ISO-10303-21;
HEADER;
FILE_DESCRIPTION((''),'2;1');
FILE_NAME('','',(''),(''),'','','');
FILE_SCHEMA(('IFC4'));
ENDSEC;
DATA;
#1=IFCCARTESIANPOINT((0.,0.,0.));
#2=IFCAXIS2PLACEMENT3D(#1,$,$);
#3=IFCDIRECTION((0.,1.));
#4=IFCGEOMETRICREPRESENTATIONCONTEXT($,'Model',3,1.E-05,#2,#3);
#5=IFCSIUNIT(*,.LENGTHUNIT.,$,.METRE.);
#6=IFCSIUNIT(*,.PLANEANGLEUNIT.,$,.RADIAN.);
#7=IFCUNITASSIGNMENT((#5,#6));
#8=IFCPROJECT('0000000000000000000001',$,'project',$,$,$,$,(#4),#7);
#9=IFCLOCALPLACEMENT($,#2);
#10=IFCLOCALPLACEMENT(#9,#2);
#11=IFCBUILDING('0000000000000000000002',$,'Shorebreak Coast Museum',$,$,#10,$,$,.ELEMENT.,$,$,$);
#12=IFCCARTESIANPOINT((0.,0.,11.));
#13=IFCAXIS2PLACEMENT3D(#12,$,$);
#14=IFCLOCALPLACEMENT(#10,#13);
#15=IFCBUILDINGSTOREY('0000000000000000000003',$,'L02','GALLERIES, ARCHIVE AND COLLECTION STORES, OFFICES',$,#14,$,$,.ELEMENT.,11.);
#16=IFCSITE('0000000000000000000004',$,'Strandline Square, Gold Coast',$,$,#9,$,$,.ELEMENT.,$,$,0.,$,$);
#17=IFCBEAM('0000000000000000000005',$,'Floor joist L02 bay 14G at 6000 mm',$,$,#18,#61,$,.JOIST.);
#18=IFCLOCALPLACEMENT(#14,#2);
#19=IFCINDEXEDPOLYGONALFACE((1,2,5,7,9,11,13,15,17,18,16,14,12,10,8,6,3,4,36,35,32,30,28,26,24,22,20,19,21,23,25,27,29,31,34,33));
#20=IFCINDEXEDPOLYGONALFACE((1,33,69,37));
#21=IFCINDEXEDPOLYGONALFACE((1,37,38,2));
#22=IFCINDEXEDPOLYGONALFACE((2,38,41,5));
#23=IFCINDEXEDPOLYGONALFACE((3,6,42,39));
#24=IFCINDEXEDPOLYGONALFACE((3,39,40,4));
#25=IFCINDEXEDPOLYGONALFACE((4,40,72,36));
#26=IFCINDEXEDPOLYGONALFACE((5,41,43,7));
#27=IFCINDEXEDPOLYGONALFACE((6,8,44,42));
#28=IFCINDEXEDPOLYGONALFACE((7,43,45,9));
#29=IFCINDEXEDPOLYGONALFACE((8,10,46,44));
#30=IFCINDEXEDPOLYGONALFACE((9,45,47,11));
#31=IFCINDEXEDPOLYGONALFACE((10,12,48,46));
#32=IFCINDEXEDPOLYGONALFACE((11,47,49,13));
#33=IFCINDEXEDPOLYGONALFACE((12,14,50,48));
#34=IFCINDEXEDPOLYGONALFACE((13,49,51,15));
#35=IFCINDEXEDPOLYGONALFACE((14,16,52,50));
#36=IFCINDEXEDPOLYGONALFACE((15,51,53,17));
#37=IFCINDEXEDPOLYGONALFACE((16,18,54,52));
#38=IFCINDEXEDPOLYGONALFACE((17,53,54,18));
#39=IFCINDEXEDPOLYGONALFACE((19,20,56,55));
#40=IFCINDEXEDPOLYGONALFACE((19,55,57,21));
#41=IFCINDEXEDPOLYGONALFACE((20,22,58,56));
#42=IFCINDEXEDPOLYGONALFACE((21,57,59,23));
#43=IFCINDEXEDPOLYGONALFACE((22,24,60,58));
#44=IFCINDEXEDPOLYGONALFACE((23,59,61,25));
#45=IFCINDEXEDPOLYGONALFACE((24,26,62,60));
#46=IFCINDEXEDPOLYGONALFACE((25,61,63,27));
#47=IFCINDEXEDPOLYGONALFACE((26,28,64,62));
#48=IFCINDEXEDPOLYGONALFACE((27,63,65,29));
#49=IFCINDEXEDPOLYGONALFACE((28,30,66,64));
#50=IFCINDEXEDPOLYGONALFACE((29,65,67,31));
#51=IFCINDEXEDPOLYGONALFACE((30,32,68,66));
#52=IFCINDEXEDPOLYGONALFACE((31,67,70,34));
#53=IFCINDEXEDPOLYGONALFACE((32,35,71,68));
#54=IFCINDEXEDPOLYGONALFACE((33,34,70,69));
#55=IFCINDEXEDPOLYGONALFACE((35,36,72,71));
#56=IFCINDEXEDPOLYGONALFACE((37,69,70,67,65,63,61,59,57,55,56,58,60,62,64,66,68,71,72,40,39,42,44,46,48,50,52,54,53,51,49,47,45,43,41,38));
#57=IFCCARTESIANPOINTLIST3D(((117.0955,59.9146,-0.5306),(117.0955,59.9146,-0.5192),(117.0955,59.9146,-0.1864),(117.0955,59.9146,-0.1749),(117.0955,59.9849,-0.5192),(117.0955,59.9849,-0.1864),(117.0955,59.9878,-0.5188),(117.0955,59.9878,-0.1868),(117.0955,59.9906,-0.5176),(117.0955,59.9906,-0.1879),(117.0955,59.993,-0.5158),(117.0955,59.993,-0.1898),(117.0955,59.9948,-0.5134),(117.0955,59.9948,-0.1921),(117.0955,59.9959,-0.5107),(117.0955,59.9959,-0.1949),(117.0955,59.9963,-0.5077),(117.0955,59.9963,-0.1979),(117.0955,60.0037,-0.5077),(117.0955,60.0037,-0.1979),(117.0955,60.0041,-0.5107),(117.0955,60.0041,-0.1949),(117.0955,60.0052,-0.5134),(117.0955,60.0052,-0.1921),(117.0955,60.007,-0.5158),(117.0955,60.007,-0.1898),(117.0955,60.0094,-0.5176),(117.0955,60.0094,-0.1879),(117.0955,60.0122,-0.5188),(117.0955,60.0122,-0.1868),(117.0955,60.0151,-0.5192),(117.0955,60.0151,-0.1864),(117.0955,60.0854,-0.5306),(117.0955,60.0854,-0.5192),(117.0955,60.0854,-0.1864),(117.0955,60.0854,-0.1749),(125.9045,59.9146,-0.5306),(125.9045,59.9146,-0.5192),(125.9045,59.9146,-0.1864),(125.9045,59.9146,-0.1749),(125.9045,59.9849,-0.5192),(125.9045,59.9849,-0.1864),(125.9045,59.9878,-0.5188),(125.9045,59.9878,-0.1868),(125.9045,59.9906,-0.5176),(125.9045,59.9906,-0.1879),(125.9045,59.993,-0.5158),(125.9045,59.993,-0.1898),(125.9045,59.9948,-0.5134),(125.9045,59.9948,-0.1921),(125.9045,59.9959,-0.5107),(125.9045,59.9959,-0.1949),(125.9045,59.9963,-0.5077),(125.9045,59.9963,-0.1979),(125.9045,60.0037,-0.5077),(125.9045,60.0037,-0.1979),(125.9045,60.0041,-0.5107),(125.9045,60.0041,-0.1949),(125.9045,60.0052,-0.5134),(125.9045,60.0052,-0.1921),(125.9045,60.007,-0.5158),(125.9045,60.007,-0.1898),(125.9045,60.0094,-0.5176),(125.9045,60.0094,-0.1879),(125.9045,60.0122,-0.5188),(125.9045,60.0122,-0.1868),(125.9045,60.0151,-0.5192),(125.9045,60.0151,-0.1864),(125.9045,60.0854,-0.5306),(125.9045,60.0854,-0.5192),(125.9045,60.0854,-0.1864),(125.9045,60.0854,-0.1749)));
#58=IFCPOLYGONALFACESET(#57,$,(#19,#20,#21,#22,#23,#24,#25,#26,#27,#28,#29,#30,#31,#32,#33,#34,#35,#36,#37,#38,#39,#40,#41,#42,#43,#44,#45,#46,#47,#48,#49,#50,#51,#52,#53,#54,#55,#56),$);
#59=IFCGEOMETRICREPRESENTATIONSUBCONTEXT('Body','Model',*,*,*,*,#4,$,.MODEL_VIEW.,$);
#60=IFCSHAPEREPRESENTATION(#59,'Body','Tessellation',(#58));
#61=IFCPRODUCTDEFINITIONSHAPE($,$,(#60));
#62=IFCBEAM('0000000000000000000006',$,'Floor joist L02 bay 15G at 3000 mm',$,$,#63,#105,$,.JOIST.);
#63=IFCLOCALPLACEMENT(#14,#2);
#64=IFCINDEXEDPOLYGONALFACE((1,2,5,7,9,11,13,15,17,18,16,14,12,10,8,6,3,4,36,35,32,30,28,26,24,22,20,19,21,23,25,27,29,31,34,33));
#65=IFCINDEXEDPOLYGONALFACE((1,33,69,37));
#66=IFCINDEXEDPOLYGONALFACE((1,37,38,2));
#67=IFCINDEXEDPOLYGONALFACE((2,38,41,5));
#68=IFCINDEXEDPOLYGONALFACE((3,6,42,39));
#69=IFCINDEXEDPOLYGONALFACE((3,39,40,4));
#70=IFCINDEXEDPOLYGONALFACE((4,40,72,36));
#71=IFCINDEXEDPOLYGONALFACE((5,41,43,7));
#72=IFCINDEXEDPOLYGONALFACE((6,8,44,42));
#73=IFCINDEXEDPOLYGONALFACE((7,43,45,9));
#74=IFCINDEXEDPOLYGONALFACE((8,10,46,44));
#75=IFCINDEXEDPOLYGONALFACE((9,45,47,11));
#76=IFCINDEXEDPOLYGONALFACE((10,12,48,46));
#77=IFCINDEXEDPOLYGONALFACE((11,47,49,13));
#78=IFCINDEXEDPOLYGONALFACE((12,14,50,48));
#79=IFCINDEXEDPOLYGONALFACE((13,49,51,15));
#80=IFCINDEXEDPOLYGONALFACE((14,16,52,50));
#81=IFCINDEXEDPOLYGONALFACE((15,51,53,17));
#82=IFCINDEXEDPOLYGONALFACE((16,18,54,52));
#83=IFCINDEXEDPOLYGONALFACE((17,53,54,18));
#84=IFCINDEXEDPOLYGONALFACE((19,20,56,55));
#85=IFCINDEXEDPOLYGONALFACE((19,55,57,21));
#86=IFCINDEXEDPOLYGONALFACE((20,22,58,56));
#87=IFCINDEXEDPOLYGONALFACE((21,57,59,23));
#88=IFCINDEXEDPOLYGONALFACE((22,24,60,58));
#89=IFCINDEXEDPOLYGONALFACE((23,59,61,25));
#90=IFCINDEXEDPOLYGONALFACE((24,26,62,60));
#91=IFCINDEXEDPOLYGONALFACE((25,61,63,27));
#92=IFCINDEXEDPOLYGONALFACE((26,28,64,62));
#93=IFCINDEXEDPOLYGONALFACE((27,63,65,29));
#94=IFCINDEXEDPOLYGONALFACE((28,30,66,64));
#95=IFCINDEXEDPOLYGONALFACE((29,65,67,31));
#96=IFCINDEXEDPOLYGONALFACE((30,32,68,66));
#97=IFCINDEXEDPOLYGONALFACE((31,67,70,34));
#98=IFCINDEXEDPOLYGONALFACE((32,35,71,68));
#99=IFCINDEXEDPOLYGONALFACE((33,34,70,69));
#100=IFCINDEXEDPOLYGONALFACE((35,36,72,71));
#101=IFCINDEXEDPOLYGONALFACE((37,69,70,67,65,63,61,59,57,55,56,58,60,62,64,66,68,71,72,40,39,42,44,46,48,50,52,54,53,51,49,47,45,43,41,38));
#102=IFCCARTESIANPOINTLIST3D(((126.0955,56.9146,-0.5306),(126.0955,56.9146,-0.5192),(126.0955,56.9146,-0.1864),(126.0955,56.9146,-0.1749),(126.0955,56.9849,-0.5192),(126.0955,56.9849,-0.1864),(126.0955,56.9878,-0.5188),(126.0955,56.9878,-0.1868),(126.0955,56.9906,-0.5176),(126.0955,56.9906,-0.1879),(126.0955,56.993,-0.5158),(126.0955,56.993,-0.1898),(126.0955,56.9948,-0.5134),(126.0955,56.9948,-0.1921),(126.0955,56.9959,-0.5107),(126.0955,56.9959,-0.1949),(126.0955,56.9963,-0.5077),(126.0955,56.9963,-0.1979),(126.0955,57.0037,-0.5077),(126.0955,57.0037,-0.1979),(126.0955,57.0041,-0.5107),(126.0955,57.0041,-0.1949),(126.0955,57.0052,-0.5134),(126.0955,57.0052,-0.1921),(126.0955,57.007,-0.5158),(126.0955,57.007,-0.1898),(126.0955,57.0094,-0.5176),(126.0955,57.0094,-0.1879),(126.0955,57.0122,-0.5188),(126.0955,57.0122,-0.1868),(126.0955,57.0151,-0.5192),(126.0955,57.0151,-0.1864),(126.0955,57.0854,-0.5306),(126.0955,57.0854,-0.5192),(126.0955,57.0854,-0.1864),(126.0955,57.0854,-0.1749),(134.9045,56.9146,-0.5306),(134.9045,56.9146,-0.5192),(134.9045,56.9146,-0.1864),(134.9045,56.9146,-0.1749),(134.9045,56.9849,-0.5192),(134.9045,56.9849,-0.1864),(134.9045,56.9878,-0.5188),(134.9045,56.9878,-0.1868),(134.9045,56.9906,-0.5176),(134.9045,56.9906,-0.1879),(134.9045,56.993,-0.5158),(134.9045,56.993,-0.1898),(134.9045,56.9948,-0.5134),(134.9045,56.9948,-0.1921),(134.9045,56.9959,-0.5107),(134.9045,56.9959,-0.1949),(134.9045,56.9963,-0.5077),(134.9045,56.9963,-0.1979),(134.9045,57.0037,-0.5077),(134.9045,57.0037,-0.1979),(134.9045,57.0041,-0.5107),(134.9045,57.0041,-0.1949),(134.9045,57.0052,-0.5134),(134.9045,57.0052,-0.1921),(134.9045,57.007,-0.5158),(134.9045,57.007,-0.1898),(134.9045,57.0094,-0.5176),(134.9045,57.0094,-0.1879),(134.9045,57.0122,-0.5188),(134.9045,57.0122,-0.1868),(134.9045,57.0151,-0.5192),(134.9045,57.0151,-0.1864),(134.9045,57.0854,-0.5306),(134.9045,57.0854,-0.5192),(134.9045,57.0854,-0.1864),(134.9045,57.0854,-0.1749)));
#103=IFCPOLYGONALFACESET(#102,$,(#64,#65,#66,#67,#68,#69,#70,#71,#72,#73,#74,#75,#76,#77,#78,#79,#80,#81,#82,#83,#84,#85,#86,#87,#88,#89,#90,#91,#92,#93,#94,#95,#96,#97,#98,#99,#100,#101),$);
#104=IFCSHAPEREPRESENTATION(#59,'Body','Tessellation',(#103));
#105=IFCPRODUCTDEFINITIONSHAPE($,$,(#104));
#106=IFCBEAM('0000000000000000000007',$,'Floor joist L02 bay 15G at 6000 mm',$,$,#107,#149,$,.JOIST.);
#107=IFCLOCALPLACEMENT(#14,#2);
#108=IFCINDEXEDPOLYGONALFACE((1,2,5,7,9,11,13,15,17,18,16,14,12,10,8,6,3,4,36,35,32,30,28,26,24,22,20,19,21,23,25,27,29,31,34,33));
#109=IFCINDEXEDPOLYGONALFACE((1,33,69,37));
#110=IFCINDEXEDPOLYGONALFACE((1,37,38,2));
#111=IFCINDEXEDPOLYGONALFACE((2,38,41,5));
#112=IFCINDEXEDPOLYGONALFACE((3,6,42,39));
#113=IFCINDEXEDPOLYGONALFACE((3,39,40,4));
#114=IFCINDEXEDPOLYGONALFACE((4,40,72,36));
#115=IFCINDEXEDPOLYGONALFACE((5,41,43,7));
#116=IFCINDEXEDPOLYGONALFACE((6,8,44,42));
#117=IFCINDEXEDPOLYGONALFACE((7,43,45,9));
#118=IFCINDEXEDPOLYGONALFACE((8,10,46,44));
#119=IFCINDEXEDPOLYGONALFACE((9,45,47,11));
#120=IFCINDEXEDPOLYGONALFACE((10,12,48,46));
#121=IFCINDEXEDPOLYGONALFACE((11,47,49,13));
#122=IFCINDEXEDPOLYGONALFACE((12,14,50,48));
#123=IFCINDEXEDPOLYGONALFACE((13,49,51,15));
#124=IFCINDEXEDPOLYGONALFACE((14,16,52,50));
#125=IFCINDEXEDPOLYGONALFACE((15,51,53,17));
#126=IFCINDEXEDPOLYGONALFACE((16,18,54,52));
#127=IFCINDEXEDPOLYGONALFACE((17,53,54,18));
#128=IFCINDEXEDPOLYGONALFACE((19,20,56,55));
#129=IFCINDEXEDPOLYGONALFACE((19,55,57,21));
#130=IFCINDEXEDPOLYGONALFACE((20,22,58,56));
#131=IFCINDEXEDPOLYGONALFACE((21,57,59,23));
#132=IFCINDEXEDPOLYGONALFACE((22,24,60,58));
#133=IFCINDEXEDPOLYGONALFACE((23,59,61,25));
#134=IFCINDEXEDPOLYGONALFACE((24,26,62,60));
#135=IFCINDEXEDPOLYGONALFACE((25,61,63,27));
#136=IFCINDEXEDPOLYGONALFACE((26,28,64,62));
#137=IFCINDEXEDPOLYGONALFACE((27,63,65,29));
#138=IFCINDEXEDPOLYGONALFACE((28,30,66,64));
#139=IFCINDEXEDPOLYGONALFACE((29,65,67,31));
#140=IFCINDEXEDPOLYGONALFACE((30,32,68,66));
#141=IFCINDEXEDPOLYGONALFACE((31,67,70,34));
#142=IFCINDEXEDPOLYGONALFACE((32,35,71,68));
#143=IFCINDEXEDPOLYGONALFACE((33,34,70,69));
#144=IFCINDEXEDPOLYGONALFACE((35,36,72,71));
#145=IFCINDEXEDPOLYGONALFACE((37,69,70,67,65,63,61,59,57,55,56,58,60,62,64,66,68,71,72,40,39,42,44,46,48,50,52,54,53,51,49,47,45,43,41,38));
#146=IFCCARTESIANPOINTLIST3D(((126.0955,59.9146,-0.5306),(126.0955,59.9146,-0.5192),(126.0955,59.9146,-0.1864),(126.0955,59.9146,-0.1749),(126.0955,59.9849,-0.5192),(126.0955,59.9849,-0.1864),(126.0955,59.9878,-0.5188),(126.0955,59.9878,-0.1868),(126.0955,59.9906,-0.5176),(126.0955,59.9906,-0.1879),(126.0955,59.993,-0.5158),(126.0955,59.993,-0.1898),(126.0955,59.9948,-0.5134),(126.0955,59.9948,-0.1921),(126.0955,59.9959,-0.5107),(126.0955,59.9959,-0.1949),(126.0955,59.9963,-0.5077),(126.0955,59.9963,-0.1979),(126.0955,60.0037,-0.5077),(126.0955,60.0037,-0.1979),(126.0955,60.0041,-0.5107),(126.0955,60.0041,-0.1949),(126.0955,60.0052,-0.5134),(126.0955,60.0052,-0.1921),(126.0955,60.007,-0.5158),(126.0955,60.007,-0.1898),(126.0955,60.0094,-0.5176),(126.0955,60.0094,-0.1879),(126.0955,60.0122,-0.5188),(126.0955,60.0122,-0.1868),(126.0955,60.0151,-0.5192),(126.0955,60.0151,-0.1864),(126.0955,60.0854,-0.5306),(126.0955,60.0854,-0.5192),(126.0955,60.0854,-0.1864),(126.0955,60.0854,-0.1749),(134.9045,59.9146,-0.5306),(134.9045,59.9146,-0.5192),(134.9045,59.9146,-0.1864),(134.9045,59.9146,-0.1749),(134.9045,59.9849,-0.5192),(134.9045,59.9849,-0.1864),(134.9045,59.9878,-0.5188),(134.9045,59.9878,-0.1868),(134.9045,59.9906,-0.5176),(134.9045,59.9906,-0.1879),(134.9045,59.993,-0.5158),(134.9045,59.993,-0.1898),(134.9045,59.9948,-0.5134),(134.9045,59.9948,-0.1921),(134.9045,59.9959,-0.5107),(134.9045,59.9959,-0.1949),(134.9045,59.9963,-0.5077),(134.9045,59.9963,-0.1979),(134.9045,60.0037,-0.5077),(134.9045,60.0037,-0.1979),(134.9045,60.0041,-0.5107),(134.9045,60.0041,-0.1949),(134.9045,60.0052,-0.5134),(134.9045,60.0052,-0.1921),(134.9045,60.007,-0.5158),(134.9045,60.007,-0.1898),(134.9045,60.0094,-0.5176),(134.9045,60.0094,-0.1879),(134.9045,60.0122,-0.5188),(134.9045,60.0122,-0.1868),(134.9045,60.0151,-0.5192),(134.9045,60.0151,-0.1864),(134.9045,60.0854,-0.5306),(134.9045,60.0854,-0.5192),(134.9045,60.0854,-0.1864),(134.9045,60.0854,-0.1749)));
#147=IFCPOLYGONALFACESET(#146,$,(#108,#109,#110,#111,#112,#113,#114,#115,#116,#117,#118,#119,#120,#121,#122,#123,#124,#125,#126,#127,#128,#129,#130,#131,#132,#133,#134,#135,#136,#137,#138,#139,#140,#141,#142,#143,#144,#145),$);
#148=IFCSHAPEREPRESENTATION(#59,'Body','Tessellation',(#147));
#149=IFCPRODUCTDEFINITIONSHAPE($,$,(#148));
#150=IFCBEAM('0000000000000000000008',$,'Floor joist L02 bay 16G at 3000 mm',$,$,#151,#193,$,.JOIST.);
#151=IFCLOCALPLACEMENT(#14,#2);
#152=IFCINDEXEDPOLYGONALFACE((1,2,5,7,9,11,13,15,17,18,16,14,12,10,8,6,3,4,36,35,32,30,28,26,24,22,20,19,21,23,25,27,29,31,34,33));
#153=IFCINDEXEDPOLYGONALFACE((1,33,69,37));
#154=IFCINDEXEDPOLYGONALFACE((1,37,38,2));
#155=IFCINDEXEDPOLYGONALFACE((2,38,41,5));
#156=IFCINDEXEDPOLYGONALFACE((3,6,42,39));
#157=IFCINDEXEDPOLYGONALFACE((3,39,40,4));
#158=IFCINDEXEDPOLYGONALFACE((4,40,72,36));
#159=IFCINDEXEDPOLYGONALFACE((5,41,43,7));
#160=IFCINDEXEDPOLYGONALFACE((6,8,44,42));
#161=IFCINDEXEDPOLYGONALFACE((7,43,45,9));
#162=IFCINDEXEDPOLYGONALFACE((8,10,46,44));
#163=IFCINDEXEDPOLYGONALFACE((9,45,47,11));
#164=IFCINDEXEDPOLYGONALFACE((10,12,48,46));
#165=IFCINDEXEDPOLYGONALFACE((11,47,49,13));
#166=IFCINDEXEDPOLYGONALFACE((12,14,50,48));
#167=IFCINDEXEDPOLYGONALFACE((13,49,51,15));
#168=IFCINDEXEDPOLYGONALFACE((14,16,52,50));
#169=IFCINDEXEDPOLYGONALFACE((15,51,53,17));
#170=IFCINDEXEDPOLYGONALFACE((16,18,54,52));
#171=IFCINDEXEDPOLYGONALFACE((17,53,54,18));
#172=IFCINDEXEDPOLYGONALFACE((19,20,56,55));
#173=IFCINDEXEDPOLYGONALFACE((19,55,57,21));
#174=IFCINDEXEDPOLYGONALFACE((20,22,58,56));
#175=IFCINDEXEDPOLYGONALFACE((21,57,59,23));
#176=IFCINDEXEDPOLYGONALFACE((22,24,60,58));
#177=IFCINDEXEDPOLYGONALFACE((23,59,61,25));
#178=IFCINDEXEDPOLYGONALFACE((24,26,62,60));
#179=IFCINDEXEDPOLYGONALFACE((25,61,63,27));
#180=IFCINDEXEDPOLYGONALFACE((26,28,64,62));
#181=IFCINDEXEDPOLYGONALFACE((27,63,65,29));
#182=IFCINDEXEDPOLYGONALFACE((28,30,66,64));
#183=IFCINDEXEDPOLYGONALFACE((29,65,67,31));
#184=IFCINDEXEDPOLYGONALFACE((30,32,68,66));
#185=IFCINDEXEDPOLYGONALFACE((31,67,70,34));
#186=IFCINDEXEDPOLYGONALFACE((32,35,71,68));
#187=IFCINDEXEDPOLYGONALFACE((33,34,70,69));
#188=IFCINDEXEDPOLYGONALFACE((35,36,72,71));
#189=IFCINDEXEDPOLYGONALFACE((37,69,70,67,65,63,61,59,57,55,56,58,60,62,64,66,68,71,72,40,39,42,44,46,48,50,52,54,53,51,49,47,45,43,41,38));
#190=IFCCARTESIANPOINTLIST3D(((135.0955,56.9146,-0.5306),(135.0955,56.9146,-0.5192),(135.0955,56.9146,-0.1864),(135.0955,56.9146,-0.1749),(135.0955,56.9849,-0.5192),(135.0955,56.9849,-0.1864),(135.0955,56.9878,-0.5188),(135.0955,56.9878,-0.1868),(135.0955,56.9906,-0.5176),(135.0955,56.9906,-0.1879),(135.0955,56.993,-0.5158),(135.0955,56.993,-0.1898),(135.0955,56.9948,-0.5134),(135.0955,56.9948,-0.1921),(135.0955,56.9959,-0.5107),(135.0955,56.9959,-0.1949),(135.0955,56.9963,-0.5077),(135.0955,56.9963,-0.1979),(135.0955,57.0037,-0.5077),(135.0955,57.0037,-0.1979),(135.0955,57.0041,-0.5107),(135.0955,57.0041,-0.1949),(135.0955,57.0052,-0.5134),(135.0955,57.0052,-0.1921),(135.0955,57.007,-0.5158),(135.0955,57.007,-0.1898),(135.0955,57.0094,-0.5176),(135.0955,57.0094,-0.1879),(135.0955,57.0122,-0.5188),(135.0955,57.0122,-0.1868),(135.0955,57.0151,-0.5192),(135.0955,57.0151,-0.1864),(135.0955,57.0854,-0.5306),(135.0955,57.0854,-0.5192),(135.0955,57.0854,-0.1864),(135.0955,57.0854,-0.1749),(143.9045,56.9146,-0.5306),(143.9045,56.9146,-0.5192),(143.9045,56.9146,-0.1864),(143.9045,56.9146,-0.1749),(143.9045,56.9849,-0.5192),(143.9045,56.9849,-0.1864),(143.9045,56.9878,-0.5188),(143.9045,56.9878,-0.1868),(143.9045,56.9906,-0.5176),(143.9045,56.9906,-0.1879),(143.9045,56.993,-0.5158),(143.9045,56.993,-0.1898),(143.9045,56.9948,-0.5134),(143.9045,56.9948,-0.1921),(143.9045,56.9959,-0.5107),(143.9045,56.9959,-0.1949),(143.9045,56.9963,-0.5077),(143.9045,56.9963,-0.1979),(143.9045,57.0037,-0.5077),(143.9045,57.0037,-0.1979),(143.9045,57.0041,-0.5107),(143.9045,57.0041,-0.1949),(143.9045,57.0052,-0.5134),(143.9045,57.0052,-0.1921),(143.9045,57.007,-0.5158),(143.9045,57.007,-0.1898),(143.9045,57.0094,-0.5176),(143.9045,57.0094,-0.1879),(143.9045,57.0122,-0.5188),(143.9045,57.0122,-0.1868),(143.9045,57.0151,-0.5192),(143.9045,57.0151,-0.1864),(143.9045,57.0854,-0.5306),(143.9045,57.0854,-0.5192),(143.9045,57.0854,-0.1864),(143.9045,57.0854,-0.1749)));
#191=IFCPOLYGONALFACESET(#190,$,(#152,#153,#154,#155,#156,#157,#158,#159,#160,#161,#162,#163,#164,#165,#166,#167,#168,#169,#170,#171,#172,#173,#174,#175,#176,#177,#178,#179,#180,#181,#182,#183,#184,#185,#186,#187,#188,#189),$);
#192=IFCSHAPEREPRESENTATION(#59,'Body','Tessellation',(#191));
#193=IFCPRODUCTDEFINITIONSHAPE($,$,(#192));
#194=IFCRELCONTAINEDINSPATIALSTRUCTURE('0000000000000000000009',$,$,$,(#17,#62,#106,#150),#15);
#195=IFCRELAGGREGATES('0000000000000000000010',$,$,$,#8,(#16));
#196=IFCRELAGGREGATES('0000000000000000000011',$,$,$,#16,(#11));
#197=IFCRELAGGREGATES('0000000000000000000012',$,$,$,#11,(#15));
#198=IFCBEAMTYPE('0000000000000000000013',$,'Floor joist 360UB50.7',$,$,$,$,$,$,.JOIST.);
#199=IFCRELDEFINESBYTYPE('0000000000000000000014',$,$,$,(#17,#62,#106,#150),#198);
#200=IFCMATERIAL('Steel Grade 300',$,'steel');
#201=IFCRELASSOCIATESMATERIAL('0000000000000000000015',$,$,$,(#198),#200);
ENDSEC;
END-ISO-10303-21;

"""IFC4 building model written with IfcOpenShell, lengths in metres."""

from ifc_helpers import new_model, si_unit, direction, frame, origin, origin_2d, place, context, subcontext, project, spatial, i_section, extrude, material, material_profile, profile_set, type_object, element, save


model = new_model("IFC4")

# Units and contexts
model_context = context("Model", 3, precision=1e-05, world=origin(), true_north=direction((0.0, 1.0)))
body_context = subcontext(model_context, "Body", "Model", "MODEL_VIEW")
ifc_project = project(units=[si_unit("LENGTHUNIT", "METRE"), si_unit("PLANEANGLEUNIT", "RADIAN")], contexts=[model_context])

# Site, building, storey
site_placement = place(None, origin())
site = spatial("IfcSite", under=ifc_project, at=site_placement, Name="Strandline Square, Gold Coast", CompositionType="ELEMENT", RefElevation=0.0)
building_placement = place(site_placement, origin())
building = spatial("IfcBuilding", under=site, at=building_placement, Name="Shorebreak Coast Museum", CompositionType="ELEMENT")
storey_placement = place(building_placement, frame((0.0, 0.0, 11.0)))
storey = spatial("IfcBuildingStorey", under=building, at=storey_placement, Name="L02", Description="GALLERIES, ARCHIVE AND COLLECTION STORES, OFFICES", CompositionType="ELEMENT", Elevation=11.0)

# Beams
ifc_material_1 = material(Name="Steel Grade 300", Category="steel")
ifc_material_profile_1 = material_profile(ifc_material_1, i_section(OverallWidth=0.1709, OverallDepth=0.3557, WebThickness=0.0073, FlangeThickness=0.0115, FilletRadius=0.0115, at=origin_2d()), Name="360UB50.7")
ifc_profile_set_1 = profile_set([ifc_material_profile_1], Name="Steel Grade 300")
beam_type_1 = type_object("IfcBeamType", Name="Floor joist 360UB50.7", PredefinedType="JOIST", material=ifc_profile_set_1)
for number, where, z_axis, x_axis, name in (
    (1, (117.0955, 60.0, -0.3528), (1.0, 0.0, 0.0), (0.0, 1.0, 0.0), "Floor joist L02 bay 14G at 6000 mm"),
    (2, (126.0955, 57.0, -0.3528), (1.0, 0.0, 0.0), (0.0, 1.0, 0.0), "Floor joist L02 bay 15G at 3000 mm"),
    (3, (126.0955, 60.0, -0.3528), (1.0, 0.0, 0.0), (0.0, 1.0, 0.0), "Floor joist L02 bay 15G at 6000 mm"),
    (4, (135.0955, 57.0, -0.3528), (1.0, 0.0, 0.0), (0.0, 1.0, 0.0), "Floor joist L02 bay 16G at 3000 mm"),
):
    element("IfcBeam", number, at=place(storey_placement, frame(where, z_axis=z_axis, x_axis=x_axis)), inside=storey, type_object=beam_type_1, Name=name, PredefinedType="JOIST", context=body_context, shape_type="SweptSolid", body=[
        extrude(i_section(OverallWidth=0.1709, OverallDepth=0.3557, WebThickness=0.0073, FlangeThickness=0.0115, FilletRadius=0.0115, at=origin_2d()), origin(), (0.0, 0.0, 1.0), 8.8091),
    ])

save(model, "model.ifc")
